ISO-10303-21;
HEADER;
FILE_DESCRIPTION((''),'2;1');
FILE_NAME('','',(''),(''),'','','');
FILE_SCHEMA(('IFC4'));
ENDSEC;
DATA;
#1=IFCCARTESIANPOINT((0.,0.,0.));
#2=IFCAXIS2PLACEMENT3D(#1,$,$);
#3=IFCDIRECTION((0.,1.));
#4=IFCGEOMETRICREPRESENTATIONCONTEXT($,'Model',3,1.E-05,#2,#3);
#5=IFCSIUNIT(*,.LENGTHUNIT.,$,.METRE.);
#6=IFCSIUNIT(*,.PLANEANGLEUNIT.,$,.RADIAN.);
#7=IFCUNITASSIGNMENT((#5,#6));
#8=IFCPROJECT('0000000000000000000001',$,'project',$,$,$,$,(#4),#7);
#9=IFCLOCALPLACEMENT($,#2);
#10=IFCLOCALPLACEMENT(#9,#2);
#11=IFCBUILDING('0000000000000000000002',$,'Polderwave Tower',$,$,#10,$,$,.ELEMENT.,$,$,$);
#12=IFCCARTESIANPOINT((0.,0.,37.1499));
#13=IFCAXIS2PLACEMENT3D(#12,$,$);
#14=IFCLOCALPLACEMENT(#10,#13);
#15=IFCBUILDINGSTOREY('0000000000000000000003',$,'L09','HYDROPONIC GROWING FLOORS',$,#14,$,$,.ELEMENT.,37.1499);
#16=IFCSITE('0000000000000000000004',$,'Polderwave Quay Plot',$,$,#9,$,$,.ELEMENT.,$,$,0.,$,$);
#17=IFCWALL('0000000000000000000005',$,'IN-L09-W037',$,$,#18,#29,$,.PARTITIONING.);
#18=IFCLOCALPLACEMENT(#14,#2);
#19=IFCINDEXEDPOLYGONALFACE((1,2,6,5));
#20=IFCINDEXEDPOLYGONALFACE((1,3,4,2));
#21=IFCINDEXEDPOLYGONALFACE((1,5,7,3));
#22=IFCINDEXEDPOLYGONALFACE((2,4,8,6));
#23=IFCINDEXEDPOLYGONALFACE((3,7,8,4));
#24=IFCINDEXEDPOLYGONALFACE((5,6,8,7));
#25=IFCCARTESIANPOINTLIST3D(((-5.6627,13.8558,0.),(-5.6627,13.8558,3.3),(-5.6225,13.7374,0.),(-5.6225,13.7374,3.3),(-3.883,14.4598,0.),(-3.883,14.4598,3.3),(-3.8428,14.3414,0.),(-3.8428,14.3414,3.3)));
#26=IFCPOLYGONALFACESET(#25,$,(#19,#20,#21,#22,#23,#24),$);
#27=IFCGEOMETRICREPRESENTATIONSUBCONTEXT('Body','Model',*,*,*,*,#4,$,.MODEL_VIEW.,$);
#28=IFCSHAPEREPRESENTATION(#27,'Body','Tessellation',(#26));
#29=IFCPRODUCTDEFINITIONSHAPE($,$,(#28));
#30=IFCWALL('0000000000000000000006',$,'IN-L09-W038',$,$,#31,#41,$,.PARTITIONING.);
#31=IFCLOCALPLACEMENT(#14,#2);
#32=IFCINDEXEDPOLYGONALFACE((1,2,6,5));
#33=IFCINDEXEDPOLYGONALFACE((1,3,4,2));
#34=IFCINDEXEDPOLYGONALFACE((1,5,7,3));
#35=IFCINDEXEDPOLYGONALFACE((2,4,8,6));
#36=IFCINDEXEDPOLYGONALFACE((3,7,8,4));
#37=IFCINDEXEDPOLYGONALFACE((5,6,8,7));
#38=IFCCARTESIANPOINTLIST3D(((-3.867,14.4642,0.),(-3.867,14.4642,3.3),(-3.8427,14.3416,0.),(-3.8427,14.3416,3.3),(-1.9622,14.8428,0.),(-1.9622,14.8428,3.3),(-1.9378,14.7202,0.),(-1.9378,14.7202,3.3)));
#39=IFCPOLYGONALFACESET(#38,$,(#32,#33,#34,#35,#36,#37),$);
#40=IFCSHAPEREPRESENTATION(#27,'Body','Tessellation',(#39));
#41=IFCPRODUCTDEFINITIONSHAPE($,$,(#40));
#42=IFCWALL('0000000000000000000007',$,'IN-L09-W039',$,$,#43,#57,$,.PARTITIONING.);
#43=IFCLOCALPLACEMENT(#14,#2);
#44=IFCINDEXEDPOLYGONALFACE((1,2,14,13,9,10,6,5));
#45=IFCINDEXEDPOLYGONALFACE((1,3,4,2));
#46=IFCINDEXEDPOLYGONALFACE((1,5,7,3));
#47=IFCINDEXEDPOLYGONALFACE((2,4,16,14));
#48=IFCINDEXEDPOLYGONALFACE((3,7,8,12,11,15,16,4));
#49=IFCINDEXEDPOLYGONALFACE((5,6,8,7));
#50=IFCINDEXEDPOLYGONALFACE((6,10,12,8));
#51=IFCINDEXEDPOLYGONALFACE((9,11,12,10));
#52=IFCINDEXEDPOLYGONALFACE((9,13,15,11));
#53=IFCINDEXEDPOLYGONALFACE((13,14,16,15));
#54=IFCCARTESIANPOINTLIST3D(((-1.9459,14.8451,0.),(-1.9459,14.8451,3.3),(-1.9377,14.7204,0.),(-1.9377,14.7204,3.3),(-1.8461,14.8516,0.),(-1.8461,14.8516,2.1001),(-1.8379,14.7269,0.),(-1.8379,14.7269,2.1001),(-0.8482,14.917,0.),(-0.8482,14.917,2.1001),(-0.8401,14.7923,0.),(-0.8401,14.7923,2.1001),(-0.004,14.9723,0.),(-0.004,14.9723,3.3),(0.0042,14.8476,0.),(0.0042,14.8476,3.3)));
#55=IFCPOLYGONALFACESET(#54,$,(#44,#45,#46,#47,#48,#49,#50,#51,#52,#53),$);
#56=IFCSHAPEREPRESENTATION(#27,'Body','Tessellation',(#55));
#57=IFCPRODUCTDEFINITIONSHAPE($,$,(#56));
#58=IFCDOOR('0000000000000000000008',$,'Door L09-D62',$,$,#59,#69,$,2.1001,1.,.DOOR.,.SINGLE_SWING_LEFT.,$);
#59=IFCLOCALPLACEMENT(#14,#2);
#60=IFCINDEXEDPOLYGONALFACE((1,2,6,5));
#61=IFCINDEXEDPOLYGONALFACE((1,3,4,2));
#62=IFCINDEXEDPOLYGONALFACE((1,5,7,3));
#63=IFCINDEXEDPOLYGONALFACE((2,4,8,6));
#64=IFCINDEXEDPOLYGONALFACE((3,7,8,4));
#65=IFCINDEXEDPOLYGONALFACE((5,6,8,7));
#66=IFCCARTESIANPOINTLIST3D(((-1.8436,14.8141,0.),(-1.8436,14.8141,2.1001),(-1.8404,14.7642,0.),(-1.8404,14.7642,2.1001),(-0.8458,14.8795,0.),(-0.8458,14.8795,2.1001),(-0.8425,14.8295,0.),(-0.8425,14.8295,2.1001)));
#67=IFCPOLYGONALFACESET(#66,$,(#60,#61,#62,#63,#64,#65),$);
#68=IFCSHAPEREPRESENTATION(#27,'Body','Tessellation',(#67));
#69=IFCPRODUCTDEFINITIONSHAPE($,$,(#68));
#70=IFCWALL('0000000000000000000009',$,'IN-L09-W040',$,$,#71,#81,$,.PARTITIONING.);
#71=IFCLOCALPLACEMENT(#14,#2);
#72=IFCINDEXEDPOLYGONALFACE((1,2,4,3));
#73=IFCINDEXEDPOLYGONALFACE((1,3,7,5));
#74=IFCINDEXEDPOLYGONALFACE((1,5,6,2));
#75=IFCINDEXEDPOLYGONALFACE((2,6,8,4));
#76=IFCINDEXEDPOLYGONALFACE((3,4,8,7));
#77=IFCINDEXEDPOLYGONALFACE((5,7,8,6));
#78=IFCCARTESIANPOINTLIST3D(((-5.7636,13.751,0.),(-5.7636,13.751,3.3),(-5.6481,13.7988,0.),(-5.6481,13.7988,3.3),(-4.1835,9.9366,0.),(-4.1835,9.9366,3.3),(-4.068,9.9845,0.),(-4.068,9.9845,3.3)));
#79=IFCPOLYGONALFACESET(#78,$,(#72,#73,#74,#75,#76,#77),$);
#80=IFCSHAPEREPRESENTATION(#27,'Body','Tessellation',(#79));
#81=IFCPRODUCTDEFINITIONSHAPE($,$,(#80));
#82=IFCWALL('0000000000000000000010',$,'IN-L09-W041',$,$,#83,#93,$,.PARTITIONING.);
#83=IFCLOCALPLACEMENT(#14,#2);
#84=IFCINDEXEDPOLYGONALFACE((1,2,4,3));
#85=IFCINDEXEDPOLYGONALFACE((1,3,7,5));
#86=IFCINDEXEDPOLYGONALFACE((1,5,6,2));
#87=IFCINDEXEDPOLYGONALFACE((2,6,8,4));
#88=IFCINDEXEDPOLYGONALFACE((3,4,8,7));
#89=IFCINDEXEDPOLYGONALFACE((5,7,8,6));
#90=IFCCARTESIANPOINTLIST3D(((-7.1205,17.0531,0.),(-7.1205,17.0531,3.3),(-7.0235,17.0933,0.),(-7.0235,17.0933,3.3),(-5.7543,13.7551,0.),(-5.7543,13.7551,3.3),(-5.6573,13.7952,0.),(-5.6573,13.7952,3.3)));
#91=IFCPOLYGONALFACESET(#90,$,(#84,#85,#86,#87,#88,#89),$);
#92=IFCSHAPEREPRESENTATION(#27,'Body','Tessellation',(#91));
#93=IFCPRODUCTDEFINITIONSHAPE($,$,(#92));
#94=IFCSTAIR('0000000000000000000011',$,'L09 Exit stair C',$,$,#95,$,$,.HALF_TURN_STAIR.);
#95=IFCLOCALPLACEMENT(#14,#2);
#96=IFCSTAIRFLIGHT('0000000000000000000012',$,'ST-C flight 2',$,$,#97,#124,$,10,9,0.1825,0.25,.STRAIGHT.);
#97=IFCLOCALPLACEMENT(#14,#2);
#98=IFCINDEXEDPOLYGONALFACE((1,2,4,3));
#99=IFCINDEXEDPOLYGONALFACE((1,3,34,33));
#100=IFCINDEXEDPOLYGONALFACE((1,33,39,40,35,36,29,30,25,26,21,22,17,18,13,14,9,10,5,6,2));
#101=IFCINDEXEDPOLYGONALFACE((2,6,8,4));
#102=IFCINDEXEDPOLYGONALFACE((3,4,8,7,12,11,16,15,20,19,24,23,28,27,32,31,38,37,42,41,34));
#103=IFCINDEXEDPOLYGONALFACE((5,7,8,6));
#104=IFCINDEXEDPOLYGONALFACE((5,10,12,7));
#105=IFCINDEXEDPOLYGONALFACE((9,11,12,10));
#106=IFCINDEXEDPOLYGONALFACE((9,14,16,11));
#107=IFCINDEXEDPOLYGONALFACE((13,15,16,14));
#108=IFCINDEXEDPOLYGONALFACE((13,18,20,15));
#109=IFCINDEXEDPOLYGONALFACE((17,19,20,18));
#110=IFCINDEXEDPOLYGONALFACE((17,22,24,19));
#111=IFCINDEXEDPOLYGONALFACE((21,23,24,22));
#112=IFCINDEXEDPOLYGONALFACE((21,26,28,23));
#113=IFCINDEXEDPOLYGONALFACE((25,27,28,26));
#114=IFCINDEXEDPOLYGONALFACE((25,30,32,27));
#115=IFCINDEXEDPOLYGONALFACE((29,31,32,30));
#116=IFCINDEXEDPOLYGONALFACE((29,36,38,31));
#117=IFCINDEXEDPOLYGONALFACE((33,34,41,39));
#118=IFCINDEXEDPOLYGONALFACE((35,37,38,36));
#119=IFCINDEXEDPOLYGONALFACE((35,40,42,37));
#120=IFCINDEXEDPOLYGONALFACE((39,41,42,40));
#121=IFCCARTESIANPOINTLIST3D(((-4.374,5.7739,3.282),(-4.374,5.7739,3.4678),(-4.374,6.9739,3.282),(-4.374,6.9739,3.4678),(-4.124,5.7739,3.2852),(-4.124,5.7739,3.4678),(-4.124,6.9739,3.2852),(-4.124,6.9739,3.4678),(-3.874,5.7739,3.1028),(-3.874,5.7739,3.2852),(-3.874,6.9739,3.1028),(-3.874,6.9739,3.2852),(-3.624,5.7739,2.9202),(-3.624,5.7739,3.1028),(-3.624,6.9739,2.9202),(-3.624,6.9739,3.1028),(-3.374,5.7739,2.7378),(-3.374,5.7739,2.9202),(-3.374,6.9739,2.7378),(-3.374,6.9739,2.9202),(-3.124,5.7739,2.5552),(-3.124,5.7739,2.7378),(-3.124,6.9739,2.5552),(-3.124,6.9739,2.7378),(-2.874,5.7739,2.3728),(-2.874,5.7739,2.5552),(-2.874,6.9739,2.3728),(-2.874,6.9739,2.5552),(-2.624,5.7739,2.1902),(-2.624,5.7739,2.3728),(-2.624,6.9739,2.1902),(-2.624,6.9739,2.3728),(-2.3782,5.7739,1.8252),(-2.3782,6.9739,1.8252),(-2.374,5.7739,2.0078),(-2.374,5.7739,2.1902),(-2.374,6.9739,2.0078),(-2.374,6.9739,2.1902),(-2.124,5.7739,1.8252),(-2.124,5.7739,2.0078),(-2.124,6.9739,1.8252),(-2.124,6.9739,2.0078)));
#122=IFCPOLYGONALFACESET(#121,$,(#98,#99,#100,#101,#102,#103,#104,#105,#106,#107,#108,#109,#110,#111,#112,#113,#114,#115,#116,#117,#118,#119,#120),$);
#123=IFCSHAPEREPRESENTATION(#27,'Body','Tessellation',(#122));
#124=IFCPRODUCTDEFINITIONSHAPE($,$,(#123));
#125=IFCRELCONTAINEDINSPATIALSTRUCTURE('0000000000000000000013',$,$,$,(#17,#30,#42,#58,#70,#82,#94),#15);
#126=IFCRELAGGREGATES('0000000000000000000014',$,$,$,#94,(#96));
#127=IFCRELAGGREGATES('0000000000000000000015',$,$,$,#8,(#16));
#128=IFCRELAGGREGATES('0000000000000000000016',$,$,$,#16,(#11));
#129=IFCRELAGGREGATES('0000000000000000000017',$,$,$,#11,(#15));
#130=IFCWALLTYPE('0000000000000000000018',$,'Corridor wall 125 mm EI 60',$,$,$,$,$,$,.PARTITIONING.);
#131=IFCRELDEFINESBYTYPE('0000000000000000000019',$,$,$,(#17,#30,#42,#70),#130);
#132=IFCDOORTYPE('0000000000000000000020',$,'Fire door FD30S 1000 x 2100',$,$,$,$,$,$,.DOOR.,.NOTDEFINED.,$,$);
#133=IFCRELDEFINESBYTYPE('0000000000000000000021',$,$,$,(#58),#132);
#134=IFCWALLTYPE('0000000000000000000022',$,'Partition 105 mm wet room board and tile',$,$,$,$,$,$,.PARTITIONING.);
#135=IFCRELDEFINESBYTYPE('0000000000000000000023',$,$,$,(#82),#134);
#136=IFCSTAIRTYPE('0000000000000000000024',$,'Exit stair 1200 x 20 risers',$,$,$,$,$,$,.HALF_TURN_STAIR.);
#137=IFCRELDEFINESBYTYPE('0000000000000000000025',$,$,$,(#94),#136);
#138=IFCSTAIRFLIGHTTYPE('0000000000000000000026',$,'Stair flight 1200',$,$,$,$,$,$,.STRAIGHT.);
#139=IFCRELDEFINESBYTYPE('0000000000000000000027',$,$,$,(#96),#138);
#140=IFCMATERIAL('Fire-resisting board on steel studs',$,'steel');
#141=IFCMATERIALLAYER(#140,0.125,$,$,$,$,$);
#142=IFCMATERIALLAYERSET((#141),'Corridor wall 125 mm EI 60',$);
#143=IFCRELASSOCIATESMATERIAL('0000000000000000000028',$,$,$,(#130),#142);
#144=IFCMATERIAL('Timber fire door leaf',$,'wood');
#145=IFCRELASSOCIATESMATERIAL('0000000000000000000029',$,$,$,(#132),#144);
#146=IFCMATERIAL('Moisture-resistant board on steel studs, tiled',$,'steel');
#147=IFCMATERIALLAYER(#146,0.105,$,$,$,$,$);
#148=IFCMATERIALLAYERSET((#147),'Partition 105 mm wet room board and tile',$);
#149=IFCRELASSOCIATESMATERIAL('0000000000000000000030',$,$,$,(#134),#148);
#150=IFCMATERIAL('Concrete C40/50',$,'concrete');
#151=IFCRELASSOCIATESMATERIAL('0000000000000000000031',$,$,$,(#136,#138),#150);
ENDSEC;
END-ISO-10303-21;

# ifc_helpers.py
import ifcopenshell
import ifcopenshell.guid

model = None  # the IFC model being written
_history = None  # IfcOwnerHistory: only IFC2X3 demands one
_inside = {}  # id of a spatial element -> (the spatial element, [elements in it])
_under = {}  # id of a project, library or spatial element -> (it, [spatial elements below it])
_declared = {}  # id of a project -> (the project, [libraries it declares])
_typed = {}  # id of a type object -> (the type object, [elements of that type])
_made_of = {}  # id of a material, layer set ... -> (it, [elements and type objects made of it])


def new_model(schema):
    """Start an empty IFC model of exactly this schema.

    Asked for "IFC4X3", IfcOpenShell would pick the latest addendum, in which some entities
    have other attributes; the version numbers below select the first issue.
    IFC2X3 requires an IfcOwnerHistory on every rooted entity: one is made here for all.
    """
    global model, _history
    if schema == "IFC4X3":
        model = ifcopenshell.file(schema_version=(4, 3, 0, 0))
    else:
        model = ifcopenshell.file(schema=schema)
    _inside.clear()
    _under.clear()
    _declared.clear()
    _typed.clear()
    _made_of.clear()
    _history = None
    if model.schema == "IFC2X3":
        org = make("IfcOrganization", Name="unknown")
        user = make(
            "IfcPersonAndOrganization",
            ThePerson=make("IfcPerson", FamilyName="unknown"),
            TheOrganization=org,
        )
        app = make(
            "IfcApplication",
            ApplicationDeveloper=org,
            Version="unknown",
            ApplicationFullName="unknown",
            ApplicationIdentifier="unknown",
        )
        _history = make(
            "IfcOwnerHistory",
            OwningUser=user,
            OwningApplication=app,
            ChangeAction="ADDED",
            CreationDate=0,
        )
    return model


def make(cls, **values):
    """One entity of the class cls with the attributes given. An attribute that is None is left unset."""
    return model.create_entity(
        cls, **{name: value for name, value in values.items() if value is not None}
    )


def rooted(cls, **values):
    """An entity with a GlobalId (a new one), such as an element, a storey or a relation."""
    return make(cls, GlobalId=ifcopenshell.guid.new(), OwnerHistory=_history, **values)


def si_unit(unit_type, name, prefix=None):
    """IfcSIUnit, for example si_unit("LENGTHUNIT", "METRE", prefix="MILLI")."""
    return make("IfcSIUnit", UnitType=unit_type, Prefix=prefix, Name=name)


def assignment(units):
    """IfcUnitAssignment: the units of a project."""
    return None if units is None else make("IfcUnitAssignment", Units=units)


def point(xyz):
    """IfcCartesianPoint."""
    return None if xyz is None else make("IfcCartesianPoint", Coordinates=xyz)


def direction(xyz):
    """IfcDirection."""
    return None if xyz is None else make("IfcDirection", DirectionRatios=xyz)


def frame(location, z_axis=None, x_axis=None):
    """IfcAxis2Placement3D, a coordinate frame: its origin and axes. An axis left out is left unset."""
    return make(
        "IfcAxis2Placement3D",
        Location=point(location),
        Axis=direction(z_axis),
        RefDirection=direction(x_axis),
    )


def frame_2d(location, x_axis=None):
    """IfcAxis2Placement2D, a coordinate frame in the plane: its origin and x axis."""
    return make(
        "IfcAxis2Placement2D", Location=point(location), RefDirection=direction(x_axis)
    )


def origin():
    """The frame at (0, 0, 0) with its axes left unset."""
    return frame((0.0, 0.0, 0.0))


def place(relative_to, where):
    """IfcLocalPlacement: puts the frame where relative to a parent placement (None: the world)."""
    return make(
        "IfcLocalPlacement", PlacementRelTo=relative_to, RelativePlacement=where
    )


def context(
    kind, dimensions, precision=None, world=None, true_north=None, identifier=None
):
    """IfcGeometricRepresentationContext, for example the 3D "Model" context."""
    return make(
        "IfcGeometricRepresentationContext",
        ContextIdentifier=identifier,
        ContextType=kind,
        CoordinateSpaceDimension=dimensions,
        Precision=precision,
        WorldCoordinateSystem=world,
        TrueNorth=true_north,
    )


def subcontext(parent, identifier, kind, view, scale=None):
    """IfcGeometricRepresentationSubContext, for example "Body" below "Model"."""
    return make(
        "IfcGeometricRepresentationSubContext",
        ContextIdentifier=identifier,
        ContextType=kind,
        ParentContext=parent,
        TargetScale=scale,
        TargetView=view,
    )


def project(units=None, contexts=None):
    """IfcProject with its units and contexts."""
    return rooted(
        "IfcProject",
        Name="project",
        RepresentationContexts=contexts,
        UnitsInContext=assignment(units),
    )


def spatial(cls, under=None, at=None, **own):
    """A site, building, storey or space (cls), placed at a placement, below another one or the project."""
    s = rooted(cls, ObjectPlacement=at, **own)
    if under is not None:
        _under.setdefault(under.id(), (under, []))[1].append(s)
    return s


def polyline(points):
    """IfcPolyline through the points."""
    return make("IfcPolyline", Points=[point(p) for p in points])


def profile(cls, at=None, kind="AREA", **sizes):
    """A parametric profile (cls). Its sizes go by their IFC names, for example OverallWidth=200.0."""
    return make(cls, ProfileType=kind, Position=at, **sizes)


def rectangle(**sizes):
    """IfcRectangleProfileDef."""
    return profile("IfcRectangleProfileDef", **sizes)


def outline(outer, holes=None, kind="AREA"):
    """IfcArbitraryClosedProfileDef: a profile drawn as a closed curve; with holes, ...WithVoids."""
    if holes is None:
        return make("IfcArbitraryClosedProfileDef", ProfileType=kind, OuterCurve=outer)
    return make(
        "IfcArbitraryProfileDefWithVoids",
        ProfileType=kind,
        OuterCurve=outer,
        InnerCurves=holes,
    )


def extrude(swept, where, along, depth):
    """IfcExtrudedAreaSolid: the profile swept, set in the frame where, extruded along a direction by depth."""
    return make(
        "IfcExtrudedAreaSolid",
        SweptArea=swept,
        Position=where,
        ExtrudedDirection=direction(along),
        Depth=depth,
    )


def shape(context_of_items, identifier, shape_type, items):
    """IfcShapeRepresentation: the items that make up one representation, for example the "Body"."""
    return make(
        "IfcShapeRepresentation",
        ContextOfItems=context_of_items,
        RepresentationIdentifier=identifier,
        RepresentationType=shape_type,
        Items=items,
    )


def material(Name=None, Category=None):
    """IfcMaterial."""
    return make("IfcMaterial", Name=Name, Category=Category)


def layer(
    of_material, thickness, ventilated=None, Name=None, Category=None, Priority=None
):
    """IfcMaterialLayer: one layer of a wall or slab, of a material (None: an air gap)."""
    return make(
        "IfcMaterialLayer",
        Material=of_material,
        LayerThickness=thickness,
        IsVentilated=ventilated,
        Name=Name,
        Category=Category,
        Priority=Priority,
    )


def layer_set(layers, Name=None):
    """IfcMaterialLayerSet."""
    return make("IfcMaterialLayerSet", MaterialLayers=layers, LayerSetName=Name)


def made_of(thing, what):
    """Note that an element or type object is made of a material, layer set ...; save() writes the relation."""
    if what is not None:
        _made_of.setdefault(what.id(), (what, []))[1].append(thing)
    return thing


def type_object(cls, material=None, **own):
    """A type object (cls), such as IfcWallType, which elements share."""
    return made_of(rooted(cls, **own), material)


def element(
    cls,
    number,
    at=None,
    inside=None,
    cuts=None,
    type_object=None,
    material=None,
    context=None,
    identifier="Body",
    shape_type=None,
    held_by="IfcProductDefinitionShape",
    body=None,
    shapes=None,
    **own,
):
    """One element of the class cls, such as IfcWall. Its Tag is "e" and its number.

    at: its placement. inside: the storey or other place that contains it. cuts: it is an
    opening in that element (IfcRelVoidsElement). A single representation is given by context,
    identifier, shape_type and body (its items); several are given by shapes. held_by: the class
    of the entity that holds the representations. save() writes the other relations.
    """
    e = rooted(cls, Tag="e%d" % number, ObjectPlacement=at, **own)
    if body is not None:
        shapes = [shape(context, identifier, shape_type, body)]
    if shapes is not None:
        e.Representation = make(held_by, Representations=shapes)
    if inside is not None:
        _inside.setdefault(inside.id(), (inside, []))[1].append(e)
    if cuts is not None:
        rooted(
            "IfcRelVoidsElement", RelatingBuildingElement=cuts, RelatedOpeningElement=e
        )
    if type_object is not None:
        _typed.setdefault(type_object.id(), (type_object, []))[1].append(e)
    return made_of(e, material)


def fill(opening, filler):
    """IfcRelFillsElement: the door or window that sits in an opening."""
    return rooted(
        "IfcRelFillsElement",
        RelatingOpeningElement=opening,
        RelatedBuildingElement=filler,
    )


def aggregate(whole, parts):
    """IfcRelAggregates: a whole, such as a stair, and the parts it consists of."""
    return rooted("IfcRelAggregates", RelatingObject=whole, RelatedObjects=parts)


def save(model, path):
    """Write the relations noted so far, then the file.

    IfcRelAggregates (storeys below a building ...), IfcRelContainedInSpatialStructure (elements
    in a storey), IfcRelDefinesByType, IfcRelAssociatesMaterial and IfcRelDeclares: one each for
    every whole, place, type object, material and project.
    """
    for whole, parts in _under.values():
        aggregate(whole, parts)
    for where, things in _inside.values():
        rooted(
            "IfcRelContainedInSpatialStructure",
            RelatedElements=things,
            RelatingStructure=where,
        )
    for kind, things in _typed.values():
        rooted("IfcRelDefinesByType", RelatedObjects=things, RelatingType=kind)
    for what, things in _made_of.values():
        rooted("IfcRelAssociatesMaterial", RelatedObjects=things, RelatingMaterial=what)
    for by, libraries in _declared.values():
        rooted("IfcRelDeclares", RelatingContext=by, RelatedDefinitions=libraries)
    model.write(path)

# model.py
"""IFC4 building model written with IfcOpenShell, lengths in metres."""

from ifc_helpers import new_model, si_unit, direction, frame, frame_2d, origin, place, context, subcontext, project, spatial, polyline, rectangle, outline, extrude, material, layer, layer_set, type_object, element, fill, aggregate, save


model = new_model("IFC4")

# Units and contexts
model_context = context("Model", 3, precision=1e-05, world=origin(), true_north=direction((0.0, 1.0)))
body_context = subcontext(model_context, "Body", "Model", "MODEL_VIEW")
ifc_project = project(units=[si_unit("LENGTHUNIT", "METRE"), si_unit("PLANEANGLEUNIT", "RADIAN")], contexts=[model_context])

# Site, building, storey
site_placement = place(None, origin())
site = spatial("IfcSite", under=ifc_project, at=site_placement, Name="Polderwave Quay Plot", CompositionType="ELEMENT", RefElevation=0.0)
building_placement = place(site_placement, origin())
building = spatial("IfcBuilding", under=site, at=building_placement, Name="Polderwave Tower", CompositionType="ELEMENT")
storey_placement = place(building_placement, frame((0.0, 0.0, 37.1499)))
storey = spatial("IfcBuildingStorey", under=building, at=storey_placement, Name="L09", Description="HYDROPONIC GROWING FLOORS", CompositionType="ELEMENT", Elevation=37.1499)

# Shared definitions
ifc_material_1 = material(Name="Fire-resisting board on steel studs", Category="steel")
ifc_layer_1 = layer(ifc_material_1, 0.125)
ifc_layer_set_1 = layer_set([ifc_layer_1], Name="Corridor wall 125 mm EI 60")
wall_type_1 = type_object("IfcWallType", Name="Corridor wall 125 mm EI 60", PredefinedType="PARTITIONING", material=ifc_layer_set_1)
ifc_material_2 = material(Name="Timber fire door leaf", Category="wood")
door_type = type_object("IfcDoorType", Name="Fire door FD30S 1000 x 2100", OperationType="NOTDEFINED", PredefinedType="DOOR", material=ifc_material_2)

# Walls
wall_1_placement = place(storey_placement, frame((-5.6426, 13.7966, 0.0), z_axis=(0.0, 0.0, 1.0), x_axis=(0.946955, 0.321367, 0.0)))
element("IfcWall", 1, at=wall_1_placement, inside=storey, type_object=wall_type_1, Name="IN-L09-W037", PredefinedType="PARTITIONING", context=body_context, shape_type="SweptSolid", body=[
    extrude(rectangle(XDim=1.8794, YDim=0.125, at=frame_2d((0.9397, 0.0))), origin(), (0.0, 0.0, 1.0), 3.3),
])
wall_2_placement = place(storey_placement, frame((-3.855, 14.4028, 0.0), z_axis=(0.0, 0.0, 1.0), x_axis=(0.980807, 0.19498, 0.0)))
element("IfcWall", 2, at=wall_2_placement, inside=storey, type_object=wall_type_1, Name="IN-L09-W038", PredefinedType="PARTITIONING", context=body_context, shape_type="SweptSolid", body=[
    extrude(rectangle(XDim=1.9421, YDim=0.125, at=frame_2d((0.9712, 0.0))), origin(), (0.0, 0.0, 1.0), 3.3),
])

# Wall, opening, door
wall_3_placement = place(storey_placement, frame((-1.9419, 14.7827, 0.0), z_axis=(0.0, 0.0, 1.0), x_axis=(0.997862, 0.065362, 0.0)))
wall_3 = element("IfcWall", 3, at=wall_3_placement, inside=storey, type_object=wall_type_1, Name="IN-L09-W039", PredefinedType="PARTITIONING", context=body_context, shape_type="SweptSolid", body=[
    extrude(rectangle(XDim=1.946, YDim=0.125, at=frame_2d((0.9731, 0.0))), origin(), (0.0, 0.0, 1.0), 3.3),
])
opening_1_placement = place(wall_3_placement, frame((0.1001, 0.0, 0.0)))
opening_1 = element("IfcOpeningElement", 4, at=opening_1_placement, cuts=wall_3, PredefinedType="OPENING", context=body_context, shape_type="SweptSolid", body=[
    extrude(rectangle(XDim=1.0, YDim=2.1001, at=frame_2d((0.5, 1.05))), frame((0.0, 0.0725, 0.0), z_axis=(0.0, -1.0, 0.0), x_axis=(1.0, 0.0, 0.0)), (0.0, 0.0, 1.0), 0.145),
])
door_1_placement = place(opening_1_placement, origin())
door_1 = element("IfcDoor", 5, at=door_1_placement, inside=storey, type_object=door_type, Name="Door L09-D62", OperationType="SINGLE_SWING_LEFT", OverallHeight=2.1001, OverallWidth=1.0, PredefinedType="DOOR", context=body_context, shape_type="SweptSolid", body=[
    extrude(rectangle(XDim=1.0, YDim=2.1001, at=frame_2d((0.5, 1.05))), frame((0.0, 0.0249, 0.0), z_axis=(0.0, -1.0, 0.0), x_axis=(1.0, 0.0, 0.0)), (0.0, 0.0, 1.0), 0.05),
])
fill(opening_1, door_1)

# Walls
wall_4_placement = place(storey_placement, frame((-4.1257, 9.9604, 0.0), z_axis=(0.0, 0.0, 1.0), x_axis=(-0.3827, 0.923873, 0.0)))
element("IfcWall", 6, at=wall_4_placement, inside=storey, type_object=wall_type_1, Name="IN-L09-W040", PredefinedType="PARTITIONING", context=body_context, shape_type="SweptSolid", body=[
    extrude(rectangle(XDim=4.1287, YDim=0.125, at=frame_2d((2.0645, 0.0))), origin(), (0.0, 0.0, 1.0), 3.3),
])
ifc_material_3 = material(Name="Moisture-resistant board on steel studs, tiled", Category="steel")
ifc_layer_2 = layer(ifc_material_3, 0.105)
ifc_layer_set_2 = layer_set([ifc_layer_2], Name="Partition 105 mm wet room board and tile")
wall_type_2 = type_object("IfcWallType", Name="Partition 105 mm wet room board and tile", PredefinedType="PARTITIONING", material=ifc_layer_set_2)
wall_5_placement = place(storey_placement, frame((-5.7058, 13.7751, 0.0), z_axis=(0.0, 0.0, 1.0), x_axis=(-0.382706, 0.92387, 0.0)))
element("IfcWall", 7, at=wall_5_placement, inside=storey, type_object=wall_type_2, Name="IN-L09-W041", PredefinedType="PARTITIONING", context=body_context, shape_type="SweptSolid", body=[
    extrude(rectangle(XDim=3.5698, YDim=0.105, at=frame_2d((1.7849, 0.0))), origin(), (0.0, 0.0, 1.0), 3.3),
])

# Stair, stair flight
ifc_material_4 = material(Name="Concrete C40/50", Category="concrete")
stair_type = type_object("IfcStairType", Name="Exit stair 1200 x 20 risers", PredefinedType="HALF_TURN_STAIR", material=ifc_material_4)
stair_placement = place(storey_placement, origin())
stair = element("IfcStair", 8, at=stair_placement, inside=storey, type_object=stair_type, Name="L09 Exit stair C", PredefinedType="HALF_TURN_STAIR")
stair_flight_type = type_object("IfcStairFlightType", Name="Stair flight 1200", PredefinedType="STRAIGHT", material=ifc_material_4)
stair_flight_placement = place(storey_placement, frame((-2.124, 6.374, 1.8252), z_axis=(0.0, 0.0, 1.0), x_axis=(-1.0, 0.0, 0.0)))
stair_flight = element("IfcStairFlight", 9, at=stair_flight_placement, type_object=stair_flight_type, Name="ST-C flight 2", NumberOfRisers=10, NumberOfTreads=9, PredefinedType="STRAIGHT", RiserHeight=0.1825, TreadLength=0.25, context=body_context, shape_type="SweptSolid", body=[
    extrude(outline(polyline([(0.0, 0.0), (0.0, 0.1826), (0.25, 0.1826), (0.25, 0.365), (0.5, 0.365), (0.5, 0.5476), (0.75, 0.5476), (0.75, 0.73), (1.0, 0.73), (1.0, 0.9126), (1.25, 0.9126), (1.25, 1.095), (1.5, 1.095), (1.5, 1.2776), (1.75, 1.2776), (1.75, 1.46), (2.0, 1.46), (2.0, 1.6426), (2.25, 1.6426), (2.25, 1.825), (2.25, 1.4568), (0.2542, 0.0), (0.0, 0.0)])), frame((0.0, 0.6001, 0.0), z_axis=(0.0, -1.0, 0.0), x_axis=(1.0, 0.0, 0.0)), (0.0, 0.0, 1.0), 1.2),
])
aggregate(stair, [stair_flight])

save(model, "model.ifc")
